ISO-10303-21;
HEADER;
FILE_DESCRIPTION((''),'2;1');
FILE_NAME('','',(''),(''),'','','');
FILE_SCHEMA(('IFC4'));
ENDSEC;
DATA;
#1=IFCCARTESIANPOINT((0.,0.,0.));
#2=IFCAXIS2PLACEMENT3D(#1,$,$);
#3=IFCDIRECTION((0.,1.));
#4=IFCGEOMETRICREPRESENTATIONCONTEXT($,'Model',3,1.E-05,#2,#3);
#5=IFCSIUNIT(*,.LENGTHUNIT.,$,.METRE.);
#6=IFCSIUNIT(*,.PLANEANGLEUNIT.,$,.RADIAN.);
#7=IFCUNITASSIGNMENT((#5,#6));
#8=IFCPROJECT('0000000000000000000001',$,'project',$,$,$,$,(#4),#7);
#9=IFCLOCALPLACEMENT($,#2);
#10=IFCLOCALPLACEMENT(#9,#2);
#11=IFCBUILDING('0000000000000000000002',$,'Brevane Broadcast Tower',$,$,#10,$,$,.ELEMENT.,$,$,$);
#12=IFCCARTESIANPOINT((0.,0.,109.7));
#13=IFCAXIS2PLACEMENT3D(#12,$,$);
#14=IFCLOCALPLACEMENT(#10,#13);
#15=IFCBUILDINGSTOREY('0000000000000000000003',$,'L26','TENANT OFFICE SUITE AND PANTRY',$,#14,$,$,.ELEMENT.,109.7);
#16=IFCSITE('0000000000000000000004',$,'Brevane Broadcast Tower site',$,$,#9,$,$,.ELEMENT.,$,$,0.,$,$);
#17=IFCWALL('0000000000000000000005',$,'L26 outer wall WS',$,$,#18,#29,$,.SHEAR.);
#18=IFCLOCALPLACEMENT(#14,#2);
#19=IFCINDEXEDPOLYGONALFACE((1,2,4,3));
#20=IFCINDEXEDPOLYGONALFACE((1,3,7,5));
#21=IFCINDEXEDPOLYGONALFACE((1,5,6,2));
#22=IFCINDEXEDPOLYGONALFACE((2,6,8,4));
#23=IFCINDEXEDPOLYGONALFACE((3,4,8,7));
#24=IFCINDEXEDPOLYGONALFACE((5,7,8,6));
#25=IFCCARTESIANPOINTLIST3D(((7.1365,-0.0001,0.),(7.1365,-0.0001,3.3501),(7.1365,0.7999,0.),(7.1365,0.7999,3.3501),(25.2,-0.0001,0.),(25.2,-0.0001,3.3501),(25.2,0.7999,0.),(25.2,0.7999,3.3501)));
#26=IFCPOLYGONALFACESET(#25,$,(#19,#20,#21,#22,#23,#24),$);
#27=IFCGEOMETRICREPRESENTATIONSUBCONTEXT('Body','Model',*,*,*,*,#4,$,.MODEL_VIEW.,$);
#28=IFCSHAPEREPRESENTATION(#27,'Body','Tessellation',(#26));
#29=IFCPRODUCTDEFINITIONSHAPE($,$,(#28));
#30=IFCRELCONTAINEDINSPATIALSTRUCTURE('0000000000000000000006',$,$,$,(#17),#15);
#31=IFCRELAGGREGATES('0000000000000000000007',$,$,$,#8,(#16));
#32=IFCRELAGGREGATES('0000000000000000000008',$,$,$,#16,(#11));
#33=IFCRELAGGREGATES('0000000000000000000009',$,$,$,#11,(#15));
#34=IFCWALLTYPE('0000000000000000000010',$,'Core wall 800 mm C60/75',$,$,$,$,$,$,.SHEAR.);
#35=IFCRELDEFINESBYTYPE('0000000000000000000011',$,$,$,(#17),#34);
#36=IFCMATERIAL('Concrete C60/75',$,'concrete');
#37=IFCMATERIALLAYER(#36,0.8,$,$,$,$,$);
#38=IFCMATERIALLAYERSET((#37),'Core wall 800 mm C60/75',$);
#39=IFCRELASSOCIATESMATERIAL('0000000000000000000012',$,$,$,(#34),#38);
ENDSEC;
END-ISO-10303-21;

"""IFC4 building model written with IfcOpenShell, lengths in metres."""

from ifc_helpers import new_model, si_unit, direction, frame, frame_2d, origin, place, context, subcontext, project, spatial, rectangle, extrude, material, layer, layer_set, type_object, element, save


model = new_model("IFC4")

# Units and contexts
model_context = context("Model", 3, precision=1e-05, world=origin(), true_north=direction((0.0, 1.0)))
body_context = subcontext(model_context, "Body", "Model", "MODEL_VIEW")
ifc_project = project(units=[si_unit("LENGTHUNIT", "METRE"), si_unit("PLANEANGLEUNIT", "RADIAN")], contexts=[model_context])

# Site, building, storey
site_placement = place(None, origin())
site = spatial("IfcSite", under=ifc_project, at=site_placement, Name="Brevane Broadcast Tower site", CompositionType="ELEMENT", RefElevation=0.0)
building_placement = place(site_placement, origin())
building = spatial("IfcBuilding", under=site, at=building_placement, Name="Brevane Broadcast Tower", CompositionType="ELEMENT")
storey_placement = place(building_placement, frame((0.0, 0.0, 109.7)))
storey = spatial("IfcBuildingStorey", under=building, at=storey_placement, Name="L26", Description="TENANT OFFICE SUITE AND PANTRY", CompositionType="ELEMENT", Elevation=109.7)

# Wall
ifc_material_1 = material(Name="Concrete C60/75", Category="concrete")
ifc_layer_1 = layer(ifc_material_1, 0.8)
ifc_layer_set_1 = layer_set([ifc_layer_1], Name="Core wall 800 mm C60/75")
wall_type_1 = type_object("IfcWallType", Name="Core wall 800 mm C60/75", PredefinedType="SHEAR", material=ifc_layer_set_1)
wall_1_placement = place(storey_placement, frame((7.1365, 0.3999, 0.0), z_axis=(0.0, 0.0, 1.0), x_axis=(1.0, 0.0, 0.0)))
element("IfcWall", 1, at=wall_1_placement, inside=storey, type_object=wall_type_1, Name="L26 outer wall WS", PredefinedType="SHEAR", context=body_context, shape_type="SweptSolid", body=[
    extrude(rectangle(XDim=18.0635, YDim=0.8, at=frame_2d((9.0317, 0.0))), origin(), (0.0, 0.0, 1.0), 3.3501),
])

save(model, "model.ifc")
